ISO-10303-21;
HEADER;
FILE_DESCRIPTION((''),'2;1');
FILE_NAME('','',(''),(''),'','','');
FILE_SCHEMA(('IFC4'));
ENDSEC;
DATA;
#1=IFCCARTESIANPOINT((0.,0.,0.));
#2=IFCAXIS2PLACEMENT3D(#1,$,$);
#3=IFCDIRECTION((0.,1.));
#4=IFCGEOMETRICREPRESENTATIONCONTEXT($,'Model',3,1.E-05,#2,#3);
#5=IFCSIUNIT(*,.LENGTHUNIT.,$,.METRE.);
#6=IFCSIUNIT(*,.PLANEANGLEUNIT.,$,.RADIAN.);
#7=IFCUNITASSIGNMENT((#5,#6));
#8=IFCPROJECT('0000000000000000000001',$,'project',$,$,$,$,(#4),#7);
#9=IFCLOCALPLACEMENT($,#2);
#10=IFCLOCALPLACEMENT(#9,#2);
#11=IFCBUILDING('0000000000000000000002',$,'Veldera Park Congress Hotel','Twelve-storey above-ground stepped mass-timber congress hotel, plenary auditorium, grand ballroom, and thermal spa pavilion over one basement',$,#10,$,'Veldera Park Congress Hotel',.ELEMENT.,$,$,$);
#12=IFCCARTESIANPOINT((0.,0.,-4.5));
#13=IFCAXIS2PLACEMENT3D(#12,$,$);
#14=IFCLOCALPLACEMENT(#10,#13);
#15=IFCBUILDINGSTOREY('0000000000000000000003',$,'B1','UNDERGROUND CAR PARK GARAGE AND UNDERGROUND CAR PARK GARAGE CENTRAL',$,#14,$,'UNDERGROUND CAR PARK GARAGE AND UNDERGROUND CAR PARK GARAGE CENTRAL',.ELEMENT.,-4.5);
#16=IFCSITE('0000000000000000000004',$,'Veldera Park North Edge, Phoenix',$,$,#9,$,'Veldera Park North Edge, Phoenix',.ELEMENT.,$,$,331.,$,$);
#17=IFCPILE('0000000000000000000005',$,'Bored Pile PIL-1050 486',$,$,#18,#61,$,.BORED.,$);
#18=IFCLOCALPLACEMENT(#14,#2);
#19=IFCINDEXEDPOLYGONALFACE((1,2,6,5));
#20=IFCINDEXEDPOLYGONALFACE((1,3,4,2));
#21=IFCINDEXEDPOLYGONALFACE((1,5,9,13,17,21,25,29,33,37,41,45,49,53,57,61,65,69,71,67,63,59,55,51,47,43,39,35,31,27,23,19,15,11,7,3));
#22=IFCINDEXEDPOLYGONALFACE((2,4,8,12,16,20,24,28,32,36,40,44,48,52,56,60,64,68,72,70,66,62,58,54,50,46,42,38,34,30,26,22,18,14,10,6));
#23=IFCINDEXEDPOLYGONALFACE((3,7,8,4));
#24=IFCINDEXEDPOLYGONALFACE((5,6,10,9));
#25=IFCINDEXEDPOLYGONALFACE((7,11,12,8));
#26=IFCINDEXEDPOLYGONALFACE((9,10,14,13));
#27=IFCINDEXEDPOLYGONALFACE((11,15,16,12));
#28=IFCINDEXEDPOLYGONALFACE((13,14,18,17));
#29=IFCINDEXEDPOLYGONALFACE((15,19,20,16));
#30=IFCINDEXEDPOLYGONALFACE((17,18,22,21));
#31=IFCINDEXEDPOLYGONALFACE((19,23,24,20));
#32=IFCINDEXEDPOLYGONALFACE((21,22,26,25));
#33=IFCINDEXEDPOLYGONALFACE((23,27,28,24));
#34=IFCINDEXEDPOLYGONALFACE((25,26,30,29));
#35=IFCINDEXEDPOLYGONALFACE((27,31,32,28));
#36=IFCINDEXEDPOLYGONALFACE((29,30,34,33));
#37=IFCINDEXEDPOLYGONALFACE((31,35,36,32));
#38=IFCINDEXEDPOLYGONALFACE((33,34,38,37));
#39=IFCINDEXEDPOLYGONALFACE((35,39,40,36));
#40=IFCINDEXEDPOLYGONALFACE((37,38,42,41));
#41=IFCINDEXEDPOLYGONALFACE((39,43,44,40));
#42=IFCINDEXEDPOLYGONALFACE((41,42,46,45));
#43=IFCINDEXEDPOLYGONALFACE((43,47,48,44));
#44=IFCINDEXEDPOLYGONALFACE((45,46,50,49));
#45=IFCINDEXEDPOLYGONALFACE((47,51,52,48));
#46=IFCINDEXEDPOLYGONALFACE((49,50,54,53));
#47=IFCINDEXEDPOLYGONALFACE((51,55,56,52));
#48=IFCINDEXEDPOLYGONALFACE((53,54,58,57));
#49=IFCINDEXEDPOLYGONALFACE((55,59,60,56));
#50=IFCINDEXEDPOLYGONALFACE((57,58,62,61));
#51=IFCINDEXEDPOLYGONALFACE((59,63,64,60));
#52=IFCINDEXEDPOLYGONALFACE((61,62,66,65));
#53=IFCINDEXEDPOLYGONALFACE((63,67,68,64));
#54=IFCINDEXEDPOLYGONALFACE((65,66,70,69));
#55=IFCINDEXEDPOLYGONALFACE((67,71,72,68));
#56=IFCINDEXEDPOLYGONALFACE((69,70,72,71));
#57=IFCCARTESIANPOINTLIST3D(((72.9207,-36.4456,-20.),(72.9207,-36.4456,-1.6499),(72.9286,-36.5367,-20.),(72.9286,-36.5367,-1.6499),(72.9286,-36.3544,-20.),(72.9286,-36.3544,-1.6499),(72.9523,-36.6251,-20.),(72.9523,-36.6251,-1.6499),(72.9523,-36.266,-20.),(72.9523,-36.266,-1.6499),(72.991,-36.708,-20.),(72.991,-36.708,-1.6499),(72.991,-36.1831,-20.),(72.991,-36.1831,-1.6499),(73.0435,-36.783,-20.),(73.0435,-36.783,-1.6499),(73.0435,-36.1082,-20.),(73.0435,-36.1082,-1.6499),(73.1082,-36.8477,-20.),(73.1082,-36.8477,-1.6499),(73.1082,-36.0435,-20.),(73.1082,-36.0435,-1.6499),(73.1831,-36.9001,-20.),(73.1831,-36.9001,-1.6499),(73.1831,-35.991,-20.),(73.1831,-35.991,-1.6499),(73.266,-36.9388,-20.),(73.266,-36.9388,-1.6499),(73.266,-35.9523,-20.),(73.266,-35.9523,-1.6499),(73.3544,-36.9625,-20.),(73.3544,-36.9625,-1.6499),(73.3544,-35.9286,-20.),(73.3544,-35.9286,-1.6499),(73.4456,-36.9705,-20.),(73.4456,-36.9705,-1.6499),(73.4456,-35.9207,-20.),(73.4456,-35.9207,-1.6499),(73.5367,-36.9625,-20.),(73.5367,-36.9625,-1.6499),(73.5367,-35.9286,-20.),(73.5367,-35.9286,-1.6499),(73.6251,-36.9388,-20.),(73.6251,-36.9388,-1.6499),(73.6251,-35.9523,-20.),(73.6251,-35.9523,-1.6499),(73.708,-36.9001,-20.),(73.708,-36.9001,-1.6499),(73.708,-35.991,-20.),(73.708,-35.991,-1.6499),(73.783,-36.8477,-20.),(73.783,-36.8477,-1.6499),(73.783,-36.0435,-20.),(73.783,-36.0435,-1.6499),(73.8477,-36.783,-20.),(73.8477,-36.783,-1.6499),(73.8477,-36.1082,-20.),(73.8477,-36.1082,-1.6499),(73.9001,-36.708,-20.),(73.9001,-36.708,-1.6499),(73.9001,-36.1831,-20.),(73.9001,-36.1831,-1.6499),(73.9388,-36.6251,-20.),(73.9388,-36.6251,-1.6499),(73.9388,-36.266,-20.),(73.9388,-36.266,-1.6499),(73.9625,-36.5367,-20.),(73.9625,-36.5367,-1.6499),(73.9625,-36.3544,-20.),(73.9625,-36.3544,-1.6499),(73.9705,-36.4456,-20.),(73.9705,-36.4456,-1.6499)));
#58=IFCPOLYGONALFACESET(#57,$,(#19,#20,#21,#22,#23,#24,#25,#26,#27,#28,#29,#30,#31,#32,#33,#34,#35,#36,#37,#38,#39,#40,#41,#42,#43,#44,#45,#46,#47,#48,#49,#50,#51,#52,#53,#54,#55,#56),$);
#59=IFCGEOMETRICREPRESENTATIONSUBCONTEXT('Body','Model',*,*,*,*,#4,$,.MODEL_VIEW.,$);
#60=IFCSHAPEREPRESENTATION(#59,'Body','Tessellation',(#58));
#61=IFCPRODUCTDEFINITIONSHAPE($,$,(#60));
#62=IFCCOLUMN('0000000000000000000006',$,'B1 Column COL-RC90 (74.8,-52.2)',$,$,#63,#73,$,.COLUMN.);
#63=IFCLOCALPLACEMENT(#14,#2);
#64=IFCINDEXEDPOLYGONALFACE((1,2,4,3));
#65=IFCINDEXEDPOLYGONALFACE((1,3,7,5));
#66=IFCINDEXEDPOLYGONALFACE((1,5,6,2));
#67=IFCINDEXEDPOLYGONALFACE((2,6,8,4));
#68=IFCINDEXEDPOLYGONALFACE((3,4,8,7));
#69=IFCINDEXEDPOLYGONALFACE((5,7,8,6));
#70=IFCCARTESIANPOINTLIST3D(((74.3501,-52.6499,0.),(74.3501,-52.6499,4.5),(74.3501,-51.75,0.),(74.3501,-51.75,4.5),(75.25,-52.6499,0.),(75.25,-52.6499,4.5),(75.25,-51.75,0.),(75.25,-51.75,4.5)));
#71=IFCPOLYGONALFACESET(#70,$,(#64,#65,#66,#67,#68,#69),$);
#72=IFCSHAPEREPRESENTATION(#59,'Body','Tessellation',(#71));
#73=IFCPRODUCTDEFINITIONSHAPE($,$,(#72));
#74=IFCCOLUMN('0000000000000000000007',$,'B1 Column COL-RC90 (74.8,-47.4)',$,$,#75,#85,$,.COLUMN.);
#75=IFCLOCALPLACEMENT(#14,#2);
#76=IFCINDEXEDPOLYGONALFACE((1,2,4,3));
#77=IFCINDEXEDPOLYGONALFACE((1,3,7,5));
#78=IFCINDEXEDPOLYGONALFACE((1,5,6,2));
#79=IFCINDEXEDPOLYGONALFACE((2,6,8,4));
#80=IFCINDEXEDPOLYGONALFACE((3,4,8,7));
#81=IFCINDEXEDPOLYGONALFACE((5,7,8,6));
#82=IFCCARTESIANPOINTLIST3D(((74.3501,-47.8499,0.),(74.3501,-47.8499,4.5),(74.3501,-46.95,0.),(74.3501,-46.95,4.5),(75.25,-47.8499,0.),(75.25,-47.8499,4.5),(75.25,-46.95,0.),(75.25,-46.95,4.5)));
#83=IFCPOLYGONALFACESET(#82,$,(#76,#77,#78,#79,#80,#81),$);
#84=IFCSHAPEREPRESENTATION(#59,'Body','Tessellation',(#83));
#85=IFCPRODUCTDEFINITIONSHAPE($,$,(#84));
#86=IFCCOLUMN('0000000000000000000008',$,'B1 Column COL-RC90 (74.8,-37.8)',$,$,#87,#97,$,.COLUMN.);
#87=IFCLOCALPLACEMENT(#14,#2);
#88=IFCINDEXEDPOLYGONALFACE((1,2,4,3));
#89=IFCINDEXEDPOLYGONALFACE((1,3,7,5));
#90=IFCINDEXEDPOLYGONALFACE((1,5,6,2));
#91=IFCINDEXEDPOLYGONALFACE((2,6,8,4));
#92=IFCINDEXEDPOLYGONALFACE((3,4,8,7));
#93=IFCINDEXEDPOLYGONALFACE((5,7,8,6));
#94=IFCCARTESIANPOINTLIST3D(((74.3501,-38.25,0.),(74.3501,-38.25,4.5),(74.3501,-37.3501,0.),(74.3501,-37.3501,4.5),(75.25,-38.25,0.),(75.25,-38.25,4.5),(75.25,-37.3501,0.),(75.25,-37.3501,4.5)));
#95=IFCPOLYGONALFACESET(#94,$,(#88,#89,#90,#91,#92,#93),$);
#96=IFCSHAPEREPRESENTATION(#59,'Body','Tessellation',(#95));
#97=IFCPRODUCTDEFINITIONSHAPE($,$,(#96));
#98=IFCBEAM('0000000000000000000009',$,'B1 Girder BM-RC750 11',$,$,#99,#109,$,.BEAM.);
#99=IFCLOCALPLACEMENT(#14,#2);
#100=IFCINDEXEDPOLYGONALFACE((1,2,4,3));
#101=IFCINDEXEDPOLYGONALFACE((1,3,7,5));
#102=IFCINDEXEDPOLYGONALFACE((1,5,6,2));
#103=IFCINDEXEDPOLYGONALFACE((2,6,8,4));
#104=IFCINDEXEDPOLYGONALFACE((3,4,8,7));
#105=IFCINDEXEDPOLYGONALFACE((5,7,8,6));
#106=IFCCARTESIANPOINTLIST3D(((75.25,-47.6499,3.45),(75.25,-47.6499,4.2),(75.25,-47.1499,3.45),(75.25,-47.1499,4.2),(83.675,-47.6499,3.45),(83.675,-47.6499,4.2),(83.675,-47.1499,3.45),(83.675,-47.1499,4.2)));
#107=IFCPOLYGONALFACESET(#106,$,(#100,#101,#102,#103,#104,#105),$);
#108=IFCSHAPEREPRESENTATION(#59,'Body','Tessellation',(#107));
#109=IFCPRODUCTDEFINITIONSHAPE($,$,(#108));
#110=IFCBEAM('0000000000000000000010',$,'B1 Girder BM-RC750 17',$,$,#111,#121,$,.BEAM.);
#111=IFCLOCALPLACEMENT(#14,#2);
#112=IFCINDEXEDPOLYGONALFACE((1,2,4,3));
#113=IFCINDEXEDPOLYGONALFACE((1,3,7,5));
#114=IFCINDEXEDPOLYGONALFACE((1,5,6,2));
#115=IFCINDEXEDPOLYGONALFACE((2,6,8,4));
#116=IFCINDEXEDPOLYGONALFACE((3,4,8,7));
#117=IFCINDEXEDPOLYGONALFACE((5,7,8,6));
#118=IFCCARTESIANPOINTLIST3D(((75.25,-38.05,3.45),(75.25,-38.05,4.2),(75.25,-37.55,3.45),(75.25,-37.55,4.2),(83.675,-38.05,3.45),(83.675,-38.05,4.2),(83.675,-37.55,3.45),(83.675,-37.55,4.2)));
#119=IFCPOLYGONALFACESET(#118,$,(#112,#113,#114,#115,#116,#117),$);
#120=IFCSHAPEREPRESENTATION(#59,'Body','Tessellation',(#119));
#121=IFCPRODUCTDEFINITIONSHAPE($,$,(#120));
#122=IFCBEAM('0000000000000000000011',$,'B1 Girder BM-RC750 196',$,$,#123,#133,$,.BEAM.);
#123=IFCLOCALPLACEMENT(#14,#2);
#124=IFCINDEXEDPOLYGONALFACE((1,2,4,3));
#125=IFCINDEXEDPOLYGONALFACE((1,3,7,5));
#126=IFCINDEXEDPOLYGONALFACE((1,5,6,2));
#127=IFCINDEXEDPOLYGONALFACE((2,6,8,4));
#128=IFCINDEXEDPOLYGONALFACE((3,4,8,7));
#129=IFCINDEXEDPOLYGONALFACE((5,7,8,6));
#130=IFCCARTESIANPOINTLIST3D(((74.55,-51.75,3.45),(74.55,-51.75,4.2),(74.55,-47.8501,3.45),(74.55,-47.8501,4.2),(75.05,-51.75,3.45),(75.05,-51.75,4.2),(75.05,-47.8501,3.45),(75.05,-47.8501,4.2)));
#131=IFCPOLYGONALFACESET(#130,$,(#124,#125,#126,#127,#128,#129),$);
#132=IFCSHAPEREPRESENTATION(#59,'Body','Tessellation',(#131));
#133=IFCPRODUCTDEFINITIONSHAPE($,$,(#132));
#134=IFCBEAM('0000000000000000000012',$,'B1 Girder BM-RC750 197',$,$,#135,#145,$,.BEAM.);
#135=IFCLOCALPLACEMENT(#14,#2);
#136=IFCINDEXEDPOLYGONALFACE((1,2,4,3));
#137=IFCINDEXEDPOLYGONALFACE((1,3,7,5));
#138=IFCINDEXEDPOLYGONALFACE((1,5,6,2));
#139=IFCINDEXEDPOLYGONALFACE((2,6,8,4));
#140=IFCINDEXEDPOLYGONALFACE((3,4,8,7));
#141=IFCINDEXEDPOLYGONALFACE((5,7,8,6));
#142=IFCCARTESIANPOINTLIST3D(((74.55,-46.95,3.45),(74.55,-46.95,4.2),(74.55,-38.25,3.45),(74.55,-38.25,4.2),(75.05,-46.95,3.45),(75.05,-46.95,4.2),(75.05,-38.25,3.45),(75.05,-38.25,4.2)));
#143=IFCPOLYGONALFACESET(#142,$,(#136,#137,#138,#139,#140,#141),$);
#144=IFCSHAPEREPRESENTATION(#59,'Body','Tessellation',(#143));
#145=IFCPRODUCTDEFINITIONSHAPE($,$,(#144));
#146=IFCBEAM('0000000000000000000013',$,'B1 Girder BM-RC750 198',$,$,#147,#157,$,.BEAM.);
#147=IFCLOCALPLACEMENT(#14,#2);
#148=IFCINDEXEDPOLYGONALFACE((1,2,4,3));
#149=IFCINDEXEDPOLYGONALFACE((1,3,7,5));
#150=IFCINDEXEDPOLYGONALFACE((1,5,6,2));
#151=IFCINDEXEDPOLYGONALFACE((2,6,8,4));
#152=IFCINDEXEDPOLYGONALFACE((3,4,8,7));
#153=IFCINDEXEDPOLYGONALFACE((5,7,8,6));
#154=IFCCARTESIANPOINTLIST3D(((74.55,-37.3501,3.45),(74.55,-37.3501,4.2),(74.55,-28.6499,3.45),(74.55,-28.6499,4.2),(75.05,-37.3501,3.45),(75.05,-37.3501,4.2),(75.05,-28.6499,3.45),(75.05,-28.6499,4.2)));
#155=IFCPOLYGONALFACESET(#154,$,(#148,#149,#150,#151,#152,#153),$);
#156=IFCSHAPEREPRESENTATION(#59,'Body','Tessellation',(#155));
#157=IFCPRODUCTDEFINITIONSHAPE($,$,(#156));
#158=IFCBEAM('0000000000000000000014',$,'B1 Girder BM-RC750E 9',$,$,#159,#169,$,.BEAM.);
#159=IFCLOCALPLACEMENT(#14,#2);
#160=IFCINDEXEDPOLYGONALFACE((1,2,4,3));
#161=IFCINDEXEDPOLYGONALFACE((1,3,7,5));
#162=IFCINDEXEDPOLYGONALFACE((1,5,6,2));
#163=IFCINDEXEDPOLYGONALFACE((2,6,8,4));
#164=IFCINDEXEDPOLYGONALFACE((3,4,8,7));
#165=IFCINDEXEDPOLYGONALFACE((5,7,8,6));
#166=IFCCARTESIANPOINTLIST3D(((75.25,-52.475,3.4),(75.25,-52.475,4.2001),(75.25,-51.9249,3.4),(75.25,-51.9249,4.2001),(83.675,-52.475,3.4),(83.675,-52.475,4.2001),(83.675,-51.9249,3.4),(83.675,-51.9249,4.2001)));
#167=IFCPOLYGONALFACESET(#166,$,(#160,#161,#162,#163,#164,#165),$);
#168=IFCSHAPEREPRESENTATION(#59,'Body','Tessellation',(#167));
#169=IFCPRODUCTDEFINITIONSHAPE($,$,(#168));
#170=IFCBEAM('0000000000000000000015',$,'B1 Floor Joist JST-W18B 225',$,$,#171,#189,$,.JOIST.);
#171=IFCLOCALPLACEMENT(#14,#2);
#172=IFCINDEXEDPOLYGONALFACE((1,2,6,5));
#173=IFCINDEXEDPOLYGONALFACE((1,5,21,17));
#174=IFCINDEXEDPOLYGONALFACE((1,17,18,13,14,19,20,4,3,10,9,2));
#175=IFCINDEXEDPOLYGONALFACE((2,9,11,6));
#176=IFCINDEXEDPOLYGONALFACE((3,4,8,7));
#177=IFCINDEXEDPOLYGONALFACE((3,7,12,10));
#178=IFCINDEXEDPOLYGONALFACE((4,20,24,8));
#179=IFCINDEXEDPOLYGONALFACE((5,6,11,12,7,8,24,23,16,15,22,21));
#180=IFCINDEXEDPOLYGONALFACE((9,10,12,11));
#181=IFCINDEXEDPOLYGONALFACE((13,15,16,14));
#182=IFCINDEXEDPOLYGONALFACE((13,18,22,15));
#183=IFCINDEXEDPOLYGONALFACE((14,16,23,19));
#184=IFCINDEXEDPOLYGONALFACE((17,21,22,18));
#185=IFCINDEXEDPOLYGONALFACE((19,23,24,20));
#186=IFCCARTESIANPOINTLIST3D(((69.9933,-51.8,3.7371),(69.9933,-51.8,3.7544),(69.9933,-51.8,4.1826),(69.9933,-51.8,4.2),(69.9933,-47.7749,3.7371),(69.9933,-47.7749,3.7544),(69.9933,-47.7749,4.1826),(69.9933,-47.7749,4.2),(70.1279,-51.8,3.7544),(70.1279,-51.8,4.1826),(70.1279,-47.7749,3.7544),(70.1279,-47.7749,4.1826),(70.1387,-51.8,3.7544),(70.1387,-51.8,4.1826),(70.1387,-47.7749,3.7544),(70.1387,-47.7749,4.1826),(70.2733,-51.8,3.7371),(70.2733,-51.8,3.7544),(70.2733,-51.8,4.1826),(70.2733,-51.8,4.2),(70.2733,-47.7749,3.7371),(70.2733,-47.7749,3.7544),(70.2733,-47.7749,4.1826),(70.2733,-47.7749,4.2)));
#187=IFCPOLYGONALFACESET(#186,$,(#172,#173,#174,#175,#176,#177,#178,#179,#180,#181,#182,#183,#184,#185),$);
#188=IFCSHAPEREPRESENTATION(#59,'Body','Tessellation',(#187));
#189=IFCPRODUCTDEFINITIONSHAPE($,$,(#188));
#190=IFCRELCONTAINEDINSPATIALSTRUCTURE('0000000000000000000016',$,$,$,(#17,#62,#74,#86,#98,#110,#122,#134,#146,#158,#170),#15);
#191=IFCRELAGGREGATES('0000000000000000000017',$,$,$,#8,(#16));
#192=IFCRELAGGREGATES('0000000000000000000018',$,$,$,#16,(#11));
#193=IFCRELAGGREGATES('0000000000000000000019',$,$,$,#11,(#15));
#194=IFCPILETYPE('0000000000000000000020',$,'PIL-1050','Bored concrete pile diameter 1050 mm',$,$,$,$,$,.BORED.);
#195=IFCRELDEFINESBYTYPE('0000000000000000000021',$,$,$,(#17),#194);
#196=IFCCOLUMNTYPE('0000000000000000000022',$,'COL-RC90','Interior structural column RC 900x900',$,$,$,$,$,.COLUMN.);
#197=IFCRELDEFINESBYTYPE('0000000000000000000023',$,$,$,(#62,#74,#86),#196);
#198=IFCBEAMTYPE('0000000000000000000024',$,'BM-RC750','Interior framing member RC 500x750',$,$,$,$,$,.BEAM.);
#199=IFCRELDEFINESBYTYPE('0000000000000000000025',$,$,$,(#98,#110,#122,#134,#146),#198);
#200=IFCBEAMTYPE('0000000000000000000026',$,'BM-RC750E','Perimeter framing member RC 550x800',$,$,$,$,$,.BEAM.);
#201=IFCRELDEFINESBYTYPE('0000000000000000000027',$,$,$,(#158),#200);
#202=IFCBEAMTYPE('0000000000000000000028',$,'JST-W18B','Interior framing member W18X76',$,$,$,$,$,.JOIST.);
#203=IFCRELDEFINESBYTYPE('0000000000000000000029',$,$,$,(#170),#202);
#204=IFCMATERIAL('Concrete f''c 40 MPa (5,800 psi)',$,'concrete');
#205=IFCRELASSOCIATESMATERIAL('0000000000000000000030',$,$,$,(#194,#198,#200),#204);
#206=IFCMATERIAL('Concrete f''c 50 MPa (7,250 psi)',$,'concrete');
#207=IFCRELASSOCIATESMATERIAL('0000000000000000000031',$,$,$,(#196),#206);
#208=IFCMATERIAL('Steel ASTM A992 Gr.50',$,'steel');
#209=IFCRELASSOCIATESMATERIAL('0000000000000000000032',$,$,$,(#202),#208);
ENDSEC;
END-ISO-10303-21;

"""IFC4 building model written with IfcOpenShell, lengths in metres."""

from ifc_helpers import new_model, si_unit, direction, frame, origin, origin_2d, place, context, subcontext, project, spatial, rectangle, circle, i_section, extrude, material, material_profile, profile_set, type_object, element, save


model = new_model("IFC4")

# Units and contexts
model_context = context("Model", 3, precision=1e-05, world=origin(), true_north=direction((0.0, 1.0)))
body_context = subcontext(model_context, "Body", "Model", "MODEL_VIEW")
ifc_project = project(units=[si_unit("LENGTHUNIT", "METRE"), si_unit("PLANEANGLEUNIT", "RADIAN")], contexts=[model_context])

# Site, building, storey
site_placement = place(None, origin())
site = spatial("IfcSite", under=ifc_project, at=site_placement, Name="Veldera Park North Edge, Phoenix", LongName="Veldera Park North Edge, Phoenix", CompositionType="ELEMENT", RefElevation=331.0)
building_placement = place(site_placement, origin())
building = spatial("IfcBuilding", under=site, at=building_placement, Name="Veldera Park Congress Hotel", Description="Twelve-storey above-ground stepped mass-timber congress hotel, plenary auditorium, grand ballroom, and thermal spa pavilion over one basement", LongName="Veldera Park Congress Hotel", CompositionType="ELEMENT")
storey_placement = place(building_placement, frame((0.0, 0.0, -4.5)))
storey = spatial("IfcBuildingStorey", under=building, at=storey_placement, Name="B1", Description="UNDERGROUND CAR PARK GARAGE AND UNDERGROUND CAR PARK GARAGE CENTRAL", LongName="UNDERGROUND CAR PARK GARAGE AND UNDERGROUND CAR PARK GARAGE CENTRAL", CompositionType="ELEMENT", Elevation=-4.5)

# Shared definitions
ifc_material_1 = material(Name="Concrete f'c 40 MPa (5,800 psi)", Category="concrete")

# Pile
ifc_material_profile_1 = material_profile(ifc_material_1, circle(Radius=0.5249, at=origin_2d()), Name="PILE D1050")
ifc_profile_set_1 = profile_set([ifc_material_profile_1], Name="Concrete f'c 40 MPa (5,800 psi)")
pile_type = type_object("IfcPileType", Name="PIL-1050", Description="Bored concrete pile diameter 1050 mm", PredefinedType="BORED", material=ifc_profile_set_1)
for number, where, z_axis, x_axis, name in (
    (1, (73.4456, -36.4456, -1.6499), (0.0, 0.0, -1.0), (1.0, 0.0, 0.0), "Bored Pile PIL-1050 486"),
):
    element("IfcPile", number, at=place(storey_placement, frame(where, z_axis=z_axis, x_axis=x_axis)), inside=storey, type_object=pile_type, Name=name, PredefinedType="BORED", context=body_context, shape_type="SweptSolid", body=[
        extrude(circle(Radius=0.5249, at=origin_2d()), origin(), (0.0, 0.0, 1.0), 18.3501),
    ])

# Columns
ifc_material_2 = material(Name="Concrete f'c 50 MPa (7,250 psi)", Category="concrete")
ifc_material_profile_2 = material_profile(ifc_material_2, rectangle(XDim=0.8999, YDim=0.8999, at=origin_2d()), Name="RC 900x900")
ifc_profile_set_2 = profile_set([ifc_material_profile_2], Name="Concrete f'c 50 MPa (7,250 psi)")
column_type = type_object("IfcColumnType", Name="COL-RC90", Description="Interior structural column RC 900x900", PredefinedType="COLUMN", material=ifc_profile_set_2)
for number, where, z_axis, x_axis, name in (
    (2, (74.8, -52.2, 0.0), (0.0, 0.0, 1.0), (1.0, 0.0, 0.0), "B1 Column COL-RC90 (74.8,-52.2)"),
    (3, (74.8, -47.3999, 0.0), (0.0, 0.0, 1.0), (1.0, 0.0, 0.0), "B1 Column COL-RC90 (74.8,-47.4)"),
    (4, (74.8, -37.8, 0.0), (0.0, 0.0, 1.0), (1.0, 0.0, 0.0), "B1 Column COL-RC90 (74.8,-37.8)"),
):
    element("IfcColumn", number, at=place(storey_placement, frame(where, z_axis=z_axis, x_axis=x_axis)), inside=storey, type_object=column_type, Name=name, PredefinedType="COLUMN", context=body_context, shape_type="SweptSolid", body=[
        extrude(rectangle(XDim=0.8999, YDim=0.8999, at=origin_2d()), origin(), (0.0, 0.0, 1.0), 4.5),
    ])

# Beams
ifc_material_profile_3 = material_profile(ifc_material_1, rectangle(XDim=0.5, YDim=0.75, at=origin_2d()), Name="RC 500x750")
ifc_profile_set_3 = profile_set([ifc_material_profile_3], Name="Concrete f'c 40 MPa (5,800 psi)")
beam_type_1 = type_object("IfcBeamType", Name="BM-RC750", Description="Interior framing member RC 500x750", PredefinedType="BEAM", material=ifc_profile_set_3)
for number, where, z_axis, x_axis, name in (
    (5, (75.25, -47.3999, 3.825), (1.0, 0.0, 0.0), (0.0, 1.0, 0.0), "B1 Girder BM-RC750 11"),
    (6, (75.25, -37.8, 3.825), (1.0, 0.0, 0.0), (0.0, 1.0, 0.0), "B1 Girder BM-RC750 17"),
):
    element("IfcBeam", number, at=place(storey_placement, frame(where, z_axis=z_axis, x_axis=x_axis)), inside=storey, type_object=beam_type_1, Name=name, PredefinedType="BEAM", context=body_context, shape_type="SweptSolid", body=[
        extrude(rectangle(XDim=0.5, YDim=0.75, at=origin_2d()), origin(), (0.0, 0.0, 1.0), 8.425),
    ])
beam_1_placement = place(storey_placement, frame((74.8, -51.75, 3.825), z_axis=(0.0, 1.0, 0.0), x_axis=(-1.0, 0.0, 0.0)))
element("IfcBeam", 7, at=beam_1_placement, inside=storey, type_object=beam_type_1, Name="B1 Girder BM-RC750 196", PredefinedType="BEAM", context=body_context, shape_type="SweptSolid", body=[
    extrude(rectangle(XDim=0.5, YDim=0.75, at=origin_2d()), origin(), (0.0, 0.0, 1.0), 3.8999),
])
beam_2_placement = place(storey_placement, frame((74.8, -46.95, 3.825), z_axis=(0.0, 1.0, 0.0), x_axis=(-1.0, 0.0, 0.0)))
element("IfcBeam", 8, at=beam_2_placement, inside=storey, type_object=beam_type_1, Name="B1 Girder BM-RC750 197", PredefinedType="BEAM", context=body_context, shape_type="SweptSolid", body=[
    extrude(rectangle(XDim=0.5, YDim=0.75, at=origin_2d()), origin(), (0.0, 0.0, 1.0), 8.7),
])
beam_3_placement = place(storey_placement, frame((74.8, -37.3501, 3.825), z_axis=(0.0, 1.0, 0.0), x_axis=(-1.0, 0.0, 0.0)))
element("IfcBeam", 9, at=beam_3_placement, inside=storey, type_object=beam_type_1, Name="B1 Girder BM-RC750 198", PredefinedType="BEAM", context=body_context, shape_type="SweptSolid", body=[
    extrude(rectangle(XDim=0.5, YDim=0.75, at=origin_2d()), origin(), (0.0, 0.0, 1.0), 8.7002),
])
ifc_material_profile_4 = material_profile(ifc_material_1, rectangle(XDim=0.55, YDim=0.8, at=origin_2d()), Name="RC 550x800")
ifc_profile_set_4 = profile_set([ifc_material_profile_4], Name="Concrete f'c 40 MPa (5,800 psi)")
beam_type_2 = type_object("IfcBeamType", Name="BM-RC750E", Description="Perimeter framing member RC 550x800", PredefinedType="BEAM", material=ifc_profile_set_4)
beam_4_placement = place(storey_placement, frame((75.25, -52.2, 3.8), z_axis=(1.0, 0.0, 0.0), x_axis=(0.0, 1.0, 0.0)))
element("IfcBeam", 10, at=beam_4_placement, inside=storey, type_object=beam_type_2, Name="B1 Girder BM-RC750E 9", PredefinedType="BEAM", context=body_context, shape_type="SweptSolid", body=[
    extrude(rectangle(XDim=0.55, YDim=0.8, at=origin_2d()), origin(), (0.0, 0.0, 1.0), 8.425),
])
ifc_material_3 = material(Name="Steel ASTM A992 Gr.50", Category="steel")
ifc_material_profile_5 = material_profile(ifc_material_3, i_section(OverallWidth=0.28, OverallDepth=0.4629, WebThickness=0.0107, FlangeThickness=0.0173, at=origin_2d()), Name="W18X76")
ifc_profile_set_5 = profile_set([ifc_material_profile_5], Name="Steel ASTM A992 Gr.50")
beam_type_3 = type_object("IfcBeamType", Name="JST-W18B", Description="Interior framing member W18X76", PredefinedType="JOIST", material=ifc_profile_set_5)
beam_5_placement = place(storey_placement, frame((70.1333, -51.8, 3.9685), z_axis=(0.0, 1.0, 0.0), x_axis=(-1.0, 0.0, 0.0)))
element("IfcBeam", 11, at=beam_5_placement, inside=storey, type_object=beam_type_3, Name="B1 Floor Joist JST-W18B 225", PredefinedType="JOIST", context=body_context, shape_type="SweptSolid", body=[
    extrude(i_section(OverallWidth=0.28, OverallDepth=0.4629, WebThickness=0.0107, FlangeThickness=0.0173, at=origin_2d()), origin(), (0.0, 0.0, 1.0), 4.0251),
])

save(model, "model.ifc")
